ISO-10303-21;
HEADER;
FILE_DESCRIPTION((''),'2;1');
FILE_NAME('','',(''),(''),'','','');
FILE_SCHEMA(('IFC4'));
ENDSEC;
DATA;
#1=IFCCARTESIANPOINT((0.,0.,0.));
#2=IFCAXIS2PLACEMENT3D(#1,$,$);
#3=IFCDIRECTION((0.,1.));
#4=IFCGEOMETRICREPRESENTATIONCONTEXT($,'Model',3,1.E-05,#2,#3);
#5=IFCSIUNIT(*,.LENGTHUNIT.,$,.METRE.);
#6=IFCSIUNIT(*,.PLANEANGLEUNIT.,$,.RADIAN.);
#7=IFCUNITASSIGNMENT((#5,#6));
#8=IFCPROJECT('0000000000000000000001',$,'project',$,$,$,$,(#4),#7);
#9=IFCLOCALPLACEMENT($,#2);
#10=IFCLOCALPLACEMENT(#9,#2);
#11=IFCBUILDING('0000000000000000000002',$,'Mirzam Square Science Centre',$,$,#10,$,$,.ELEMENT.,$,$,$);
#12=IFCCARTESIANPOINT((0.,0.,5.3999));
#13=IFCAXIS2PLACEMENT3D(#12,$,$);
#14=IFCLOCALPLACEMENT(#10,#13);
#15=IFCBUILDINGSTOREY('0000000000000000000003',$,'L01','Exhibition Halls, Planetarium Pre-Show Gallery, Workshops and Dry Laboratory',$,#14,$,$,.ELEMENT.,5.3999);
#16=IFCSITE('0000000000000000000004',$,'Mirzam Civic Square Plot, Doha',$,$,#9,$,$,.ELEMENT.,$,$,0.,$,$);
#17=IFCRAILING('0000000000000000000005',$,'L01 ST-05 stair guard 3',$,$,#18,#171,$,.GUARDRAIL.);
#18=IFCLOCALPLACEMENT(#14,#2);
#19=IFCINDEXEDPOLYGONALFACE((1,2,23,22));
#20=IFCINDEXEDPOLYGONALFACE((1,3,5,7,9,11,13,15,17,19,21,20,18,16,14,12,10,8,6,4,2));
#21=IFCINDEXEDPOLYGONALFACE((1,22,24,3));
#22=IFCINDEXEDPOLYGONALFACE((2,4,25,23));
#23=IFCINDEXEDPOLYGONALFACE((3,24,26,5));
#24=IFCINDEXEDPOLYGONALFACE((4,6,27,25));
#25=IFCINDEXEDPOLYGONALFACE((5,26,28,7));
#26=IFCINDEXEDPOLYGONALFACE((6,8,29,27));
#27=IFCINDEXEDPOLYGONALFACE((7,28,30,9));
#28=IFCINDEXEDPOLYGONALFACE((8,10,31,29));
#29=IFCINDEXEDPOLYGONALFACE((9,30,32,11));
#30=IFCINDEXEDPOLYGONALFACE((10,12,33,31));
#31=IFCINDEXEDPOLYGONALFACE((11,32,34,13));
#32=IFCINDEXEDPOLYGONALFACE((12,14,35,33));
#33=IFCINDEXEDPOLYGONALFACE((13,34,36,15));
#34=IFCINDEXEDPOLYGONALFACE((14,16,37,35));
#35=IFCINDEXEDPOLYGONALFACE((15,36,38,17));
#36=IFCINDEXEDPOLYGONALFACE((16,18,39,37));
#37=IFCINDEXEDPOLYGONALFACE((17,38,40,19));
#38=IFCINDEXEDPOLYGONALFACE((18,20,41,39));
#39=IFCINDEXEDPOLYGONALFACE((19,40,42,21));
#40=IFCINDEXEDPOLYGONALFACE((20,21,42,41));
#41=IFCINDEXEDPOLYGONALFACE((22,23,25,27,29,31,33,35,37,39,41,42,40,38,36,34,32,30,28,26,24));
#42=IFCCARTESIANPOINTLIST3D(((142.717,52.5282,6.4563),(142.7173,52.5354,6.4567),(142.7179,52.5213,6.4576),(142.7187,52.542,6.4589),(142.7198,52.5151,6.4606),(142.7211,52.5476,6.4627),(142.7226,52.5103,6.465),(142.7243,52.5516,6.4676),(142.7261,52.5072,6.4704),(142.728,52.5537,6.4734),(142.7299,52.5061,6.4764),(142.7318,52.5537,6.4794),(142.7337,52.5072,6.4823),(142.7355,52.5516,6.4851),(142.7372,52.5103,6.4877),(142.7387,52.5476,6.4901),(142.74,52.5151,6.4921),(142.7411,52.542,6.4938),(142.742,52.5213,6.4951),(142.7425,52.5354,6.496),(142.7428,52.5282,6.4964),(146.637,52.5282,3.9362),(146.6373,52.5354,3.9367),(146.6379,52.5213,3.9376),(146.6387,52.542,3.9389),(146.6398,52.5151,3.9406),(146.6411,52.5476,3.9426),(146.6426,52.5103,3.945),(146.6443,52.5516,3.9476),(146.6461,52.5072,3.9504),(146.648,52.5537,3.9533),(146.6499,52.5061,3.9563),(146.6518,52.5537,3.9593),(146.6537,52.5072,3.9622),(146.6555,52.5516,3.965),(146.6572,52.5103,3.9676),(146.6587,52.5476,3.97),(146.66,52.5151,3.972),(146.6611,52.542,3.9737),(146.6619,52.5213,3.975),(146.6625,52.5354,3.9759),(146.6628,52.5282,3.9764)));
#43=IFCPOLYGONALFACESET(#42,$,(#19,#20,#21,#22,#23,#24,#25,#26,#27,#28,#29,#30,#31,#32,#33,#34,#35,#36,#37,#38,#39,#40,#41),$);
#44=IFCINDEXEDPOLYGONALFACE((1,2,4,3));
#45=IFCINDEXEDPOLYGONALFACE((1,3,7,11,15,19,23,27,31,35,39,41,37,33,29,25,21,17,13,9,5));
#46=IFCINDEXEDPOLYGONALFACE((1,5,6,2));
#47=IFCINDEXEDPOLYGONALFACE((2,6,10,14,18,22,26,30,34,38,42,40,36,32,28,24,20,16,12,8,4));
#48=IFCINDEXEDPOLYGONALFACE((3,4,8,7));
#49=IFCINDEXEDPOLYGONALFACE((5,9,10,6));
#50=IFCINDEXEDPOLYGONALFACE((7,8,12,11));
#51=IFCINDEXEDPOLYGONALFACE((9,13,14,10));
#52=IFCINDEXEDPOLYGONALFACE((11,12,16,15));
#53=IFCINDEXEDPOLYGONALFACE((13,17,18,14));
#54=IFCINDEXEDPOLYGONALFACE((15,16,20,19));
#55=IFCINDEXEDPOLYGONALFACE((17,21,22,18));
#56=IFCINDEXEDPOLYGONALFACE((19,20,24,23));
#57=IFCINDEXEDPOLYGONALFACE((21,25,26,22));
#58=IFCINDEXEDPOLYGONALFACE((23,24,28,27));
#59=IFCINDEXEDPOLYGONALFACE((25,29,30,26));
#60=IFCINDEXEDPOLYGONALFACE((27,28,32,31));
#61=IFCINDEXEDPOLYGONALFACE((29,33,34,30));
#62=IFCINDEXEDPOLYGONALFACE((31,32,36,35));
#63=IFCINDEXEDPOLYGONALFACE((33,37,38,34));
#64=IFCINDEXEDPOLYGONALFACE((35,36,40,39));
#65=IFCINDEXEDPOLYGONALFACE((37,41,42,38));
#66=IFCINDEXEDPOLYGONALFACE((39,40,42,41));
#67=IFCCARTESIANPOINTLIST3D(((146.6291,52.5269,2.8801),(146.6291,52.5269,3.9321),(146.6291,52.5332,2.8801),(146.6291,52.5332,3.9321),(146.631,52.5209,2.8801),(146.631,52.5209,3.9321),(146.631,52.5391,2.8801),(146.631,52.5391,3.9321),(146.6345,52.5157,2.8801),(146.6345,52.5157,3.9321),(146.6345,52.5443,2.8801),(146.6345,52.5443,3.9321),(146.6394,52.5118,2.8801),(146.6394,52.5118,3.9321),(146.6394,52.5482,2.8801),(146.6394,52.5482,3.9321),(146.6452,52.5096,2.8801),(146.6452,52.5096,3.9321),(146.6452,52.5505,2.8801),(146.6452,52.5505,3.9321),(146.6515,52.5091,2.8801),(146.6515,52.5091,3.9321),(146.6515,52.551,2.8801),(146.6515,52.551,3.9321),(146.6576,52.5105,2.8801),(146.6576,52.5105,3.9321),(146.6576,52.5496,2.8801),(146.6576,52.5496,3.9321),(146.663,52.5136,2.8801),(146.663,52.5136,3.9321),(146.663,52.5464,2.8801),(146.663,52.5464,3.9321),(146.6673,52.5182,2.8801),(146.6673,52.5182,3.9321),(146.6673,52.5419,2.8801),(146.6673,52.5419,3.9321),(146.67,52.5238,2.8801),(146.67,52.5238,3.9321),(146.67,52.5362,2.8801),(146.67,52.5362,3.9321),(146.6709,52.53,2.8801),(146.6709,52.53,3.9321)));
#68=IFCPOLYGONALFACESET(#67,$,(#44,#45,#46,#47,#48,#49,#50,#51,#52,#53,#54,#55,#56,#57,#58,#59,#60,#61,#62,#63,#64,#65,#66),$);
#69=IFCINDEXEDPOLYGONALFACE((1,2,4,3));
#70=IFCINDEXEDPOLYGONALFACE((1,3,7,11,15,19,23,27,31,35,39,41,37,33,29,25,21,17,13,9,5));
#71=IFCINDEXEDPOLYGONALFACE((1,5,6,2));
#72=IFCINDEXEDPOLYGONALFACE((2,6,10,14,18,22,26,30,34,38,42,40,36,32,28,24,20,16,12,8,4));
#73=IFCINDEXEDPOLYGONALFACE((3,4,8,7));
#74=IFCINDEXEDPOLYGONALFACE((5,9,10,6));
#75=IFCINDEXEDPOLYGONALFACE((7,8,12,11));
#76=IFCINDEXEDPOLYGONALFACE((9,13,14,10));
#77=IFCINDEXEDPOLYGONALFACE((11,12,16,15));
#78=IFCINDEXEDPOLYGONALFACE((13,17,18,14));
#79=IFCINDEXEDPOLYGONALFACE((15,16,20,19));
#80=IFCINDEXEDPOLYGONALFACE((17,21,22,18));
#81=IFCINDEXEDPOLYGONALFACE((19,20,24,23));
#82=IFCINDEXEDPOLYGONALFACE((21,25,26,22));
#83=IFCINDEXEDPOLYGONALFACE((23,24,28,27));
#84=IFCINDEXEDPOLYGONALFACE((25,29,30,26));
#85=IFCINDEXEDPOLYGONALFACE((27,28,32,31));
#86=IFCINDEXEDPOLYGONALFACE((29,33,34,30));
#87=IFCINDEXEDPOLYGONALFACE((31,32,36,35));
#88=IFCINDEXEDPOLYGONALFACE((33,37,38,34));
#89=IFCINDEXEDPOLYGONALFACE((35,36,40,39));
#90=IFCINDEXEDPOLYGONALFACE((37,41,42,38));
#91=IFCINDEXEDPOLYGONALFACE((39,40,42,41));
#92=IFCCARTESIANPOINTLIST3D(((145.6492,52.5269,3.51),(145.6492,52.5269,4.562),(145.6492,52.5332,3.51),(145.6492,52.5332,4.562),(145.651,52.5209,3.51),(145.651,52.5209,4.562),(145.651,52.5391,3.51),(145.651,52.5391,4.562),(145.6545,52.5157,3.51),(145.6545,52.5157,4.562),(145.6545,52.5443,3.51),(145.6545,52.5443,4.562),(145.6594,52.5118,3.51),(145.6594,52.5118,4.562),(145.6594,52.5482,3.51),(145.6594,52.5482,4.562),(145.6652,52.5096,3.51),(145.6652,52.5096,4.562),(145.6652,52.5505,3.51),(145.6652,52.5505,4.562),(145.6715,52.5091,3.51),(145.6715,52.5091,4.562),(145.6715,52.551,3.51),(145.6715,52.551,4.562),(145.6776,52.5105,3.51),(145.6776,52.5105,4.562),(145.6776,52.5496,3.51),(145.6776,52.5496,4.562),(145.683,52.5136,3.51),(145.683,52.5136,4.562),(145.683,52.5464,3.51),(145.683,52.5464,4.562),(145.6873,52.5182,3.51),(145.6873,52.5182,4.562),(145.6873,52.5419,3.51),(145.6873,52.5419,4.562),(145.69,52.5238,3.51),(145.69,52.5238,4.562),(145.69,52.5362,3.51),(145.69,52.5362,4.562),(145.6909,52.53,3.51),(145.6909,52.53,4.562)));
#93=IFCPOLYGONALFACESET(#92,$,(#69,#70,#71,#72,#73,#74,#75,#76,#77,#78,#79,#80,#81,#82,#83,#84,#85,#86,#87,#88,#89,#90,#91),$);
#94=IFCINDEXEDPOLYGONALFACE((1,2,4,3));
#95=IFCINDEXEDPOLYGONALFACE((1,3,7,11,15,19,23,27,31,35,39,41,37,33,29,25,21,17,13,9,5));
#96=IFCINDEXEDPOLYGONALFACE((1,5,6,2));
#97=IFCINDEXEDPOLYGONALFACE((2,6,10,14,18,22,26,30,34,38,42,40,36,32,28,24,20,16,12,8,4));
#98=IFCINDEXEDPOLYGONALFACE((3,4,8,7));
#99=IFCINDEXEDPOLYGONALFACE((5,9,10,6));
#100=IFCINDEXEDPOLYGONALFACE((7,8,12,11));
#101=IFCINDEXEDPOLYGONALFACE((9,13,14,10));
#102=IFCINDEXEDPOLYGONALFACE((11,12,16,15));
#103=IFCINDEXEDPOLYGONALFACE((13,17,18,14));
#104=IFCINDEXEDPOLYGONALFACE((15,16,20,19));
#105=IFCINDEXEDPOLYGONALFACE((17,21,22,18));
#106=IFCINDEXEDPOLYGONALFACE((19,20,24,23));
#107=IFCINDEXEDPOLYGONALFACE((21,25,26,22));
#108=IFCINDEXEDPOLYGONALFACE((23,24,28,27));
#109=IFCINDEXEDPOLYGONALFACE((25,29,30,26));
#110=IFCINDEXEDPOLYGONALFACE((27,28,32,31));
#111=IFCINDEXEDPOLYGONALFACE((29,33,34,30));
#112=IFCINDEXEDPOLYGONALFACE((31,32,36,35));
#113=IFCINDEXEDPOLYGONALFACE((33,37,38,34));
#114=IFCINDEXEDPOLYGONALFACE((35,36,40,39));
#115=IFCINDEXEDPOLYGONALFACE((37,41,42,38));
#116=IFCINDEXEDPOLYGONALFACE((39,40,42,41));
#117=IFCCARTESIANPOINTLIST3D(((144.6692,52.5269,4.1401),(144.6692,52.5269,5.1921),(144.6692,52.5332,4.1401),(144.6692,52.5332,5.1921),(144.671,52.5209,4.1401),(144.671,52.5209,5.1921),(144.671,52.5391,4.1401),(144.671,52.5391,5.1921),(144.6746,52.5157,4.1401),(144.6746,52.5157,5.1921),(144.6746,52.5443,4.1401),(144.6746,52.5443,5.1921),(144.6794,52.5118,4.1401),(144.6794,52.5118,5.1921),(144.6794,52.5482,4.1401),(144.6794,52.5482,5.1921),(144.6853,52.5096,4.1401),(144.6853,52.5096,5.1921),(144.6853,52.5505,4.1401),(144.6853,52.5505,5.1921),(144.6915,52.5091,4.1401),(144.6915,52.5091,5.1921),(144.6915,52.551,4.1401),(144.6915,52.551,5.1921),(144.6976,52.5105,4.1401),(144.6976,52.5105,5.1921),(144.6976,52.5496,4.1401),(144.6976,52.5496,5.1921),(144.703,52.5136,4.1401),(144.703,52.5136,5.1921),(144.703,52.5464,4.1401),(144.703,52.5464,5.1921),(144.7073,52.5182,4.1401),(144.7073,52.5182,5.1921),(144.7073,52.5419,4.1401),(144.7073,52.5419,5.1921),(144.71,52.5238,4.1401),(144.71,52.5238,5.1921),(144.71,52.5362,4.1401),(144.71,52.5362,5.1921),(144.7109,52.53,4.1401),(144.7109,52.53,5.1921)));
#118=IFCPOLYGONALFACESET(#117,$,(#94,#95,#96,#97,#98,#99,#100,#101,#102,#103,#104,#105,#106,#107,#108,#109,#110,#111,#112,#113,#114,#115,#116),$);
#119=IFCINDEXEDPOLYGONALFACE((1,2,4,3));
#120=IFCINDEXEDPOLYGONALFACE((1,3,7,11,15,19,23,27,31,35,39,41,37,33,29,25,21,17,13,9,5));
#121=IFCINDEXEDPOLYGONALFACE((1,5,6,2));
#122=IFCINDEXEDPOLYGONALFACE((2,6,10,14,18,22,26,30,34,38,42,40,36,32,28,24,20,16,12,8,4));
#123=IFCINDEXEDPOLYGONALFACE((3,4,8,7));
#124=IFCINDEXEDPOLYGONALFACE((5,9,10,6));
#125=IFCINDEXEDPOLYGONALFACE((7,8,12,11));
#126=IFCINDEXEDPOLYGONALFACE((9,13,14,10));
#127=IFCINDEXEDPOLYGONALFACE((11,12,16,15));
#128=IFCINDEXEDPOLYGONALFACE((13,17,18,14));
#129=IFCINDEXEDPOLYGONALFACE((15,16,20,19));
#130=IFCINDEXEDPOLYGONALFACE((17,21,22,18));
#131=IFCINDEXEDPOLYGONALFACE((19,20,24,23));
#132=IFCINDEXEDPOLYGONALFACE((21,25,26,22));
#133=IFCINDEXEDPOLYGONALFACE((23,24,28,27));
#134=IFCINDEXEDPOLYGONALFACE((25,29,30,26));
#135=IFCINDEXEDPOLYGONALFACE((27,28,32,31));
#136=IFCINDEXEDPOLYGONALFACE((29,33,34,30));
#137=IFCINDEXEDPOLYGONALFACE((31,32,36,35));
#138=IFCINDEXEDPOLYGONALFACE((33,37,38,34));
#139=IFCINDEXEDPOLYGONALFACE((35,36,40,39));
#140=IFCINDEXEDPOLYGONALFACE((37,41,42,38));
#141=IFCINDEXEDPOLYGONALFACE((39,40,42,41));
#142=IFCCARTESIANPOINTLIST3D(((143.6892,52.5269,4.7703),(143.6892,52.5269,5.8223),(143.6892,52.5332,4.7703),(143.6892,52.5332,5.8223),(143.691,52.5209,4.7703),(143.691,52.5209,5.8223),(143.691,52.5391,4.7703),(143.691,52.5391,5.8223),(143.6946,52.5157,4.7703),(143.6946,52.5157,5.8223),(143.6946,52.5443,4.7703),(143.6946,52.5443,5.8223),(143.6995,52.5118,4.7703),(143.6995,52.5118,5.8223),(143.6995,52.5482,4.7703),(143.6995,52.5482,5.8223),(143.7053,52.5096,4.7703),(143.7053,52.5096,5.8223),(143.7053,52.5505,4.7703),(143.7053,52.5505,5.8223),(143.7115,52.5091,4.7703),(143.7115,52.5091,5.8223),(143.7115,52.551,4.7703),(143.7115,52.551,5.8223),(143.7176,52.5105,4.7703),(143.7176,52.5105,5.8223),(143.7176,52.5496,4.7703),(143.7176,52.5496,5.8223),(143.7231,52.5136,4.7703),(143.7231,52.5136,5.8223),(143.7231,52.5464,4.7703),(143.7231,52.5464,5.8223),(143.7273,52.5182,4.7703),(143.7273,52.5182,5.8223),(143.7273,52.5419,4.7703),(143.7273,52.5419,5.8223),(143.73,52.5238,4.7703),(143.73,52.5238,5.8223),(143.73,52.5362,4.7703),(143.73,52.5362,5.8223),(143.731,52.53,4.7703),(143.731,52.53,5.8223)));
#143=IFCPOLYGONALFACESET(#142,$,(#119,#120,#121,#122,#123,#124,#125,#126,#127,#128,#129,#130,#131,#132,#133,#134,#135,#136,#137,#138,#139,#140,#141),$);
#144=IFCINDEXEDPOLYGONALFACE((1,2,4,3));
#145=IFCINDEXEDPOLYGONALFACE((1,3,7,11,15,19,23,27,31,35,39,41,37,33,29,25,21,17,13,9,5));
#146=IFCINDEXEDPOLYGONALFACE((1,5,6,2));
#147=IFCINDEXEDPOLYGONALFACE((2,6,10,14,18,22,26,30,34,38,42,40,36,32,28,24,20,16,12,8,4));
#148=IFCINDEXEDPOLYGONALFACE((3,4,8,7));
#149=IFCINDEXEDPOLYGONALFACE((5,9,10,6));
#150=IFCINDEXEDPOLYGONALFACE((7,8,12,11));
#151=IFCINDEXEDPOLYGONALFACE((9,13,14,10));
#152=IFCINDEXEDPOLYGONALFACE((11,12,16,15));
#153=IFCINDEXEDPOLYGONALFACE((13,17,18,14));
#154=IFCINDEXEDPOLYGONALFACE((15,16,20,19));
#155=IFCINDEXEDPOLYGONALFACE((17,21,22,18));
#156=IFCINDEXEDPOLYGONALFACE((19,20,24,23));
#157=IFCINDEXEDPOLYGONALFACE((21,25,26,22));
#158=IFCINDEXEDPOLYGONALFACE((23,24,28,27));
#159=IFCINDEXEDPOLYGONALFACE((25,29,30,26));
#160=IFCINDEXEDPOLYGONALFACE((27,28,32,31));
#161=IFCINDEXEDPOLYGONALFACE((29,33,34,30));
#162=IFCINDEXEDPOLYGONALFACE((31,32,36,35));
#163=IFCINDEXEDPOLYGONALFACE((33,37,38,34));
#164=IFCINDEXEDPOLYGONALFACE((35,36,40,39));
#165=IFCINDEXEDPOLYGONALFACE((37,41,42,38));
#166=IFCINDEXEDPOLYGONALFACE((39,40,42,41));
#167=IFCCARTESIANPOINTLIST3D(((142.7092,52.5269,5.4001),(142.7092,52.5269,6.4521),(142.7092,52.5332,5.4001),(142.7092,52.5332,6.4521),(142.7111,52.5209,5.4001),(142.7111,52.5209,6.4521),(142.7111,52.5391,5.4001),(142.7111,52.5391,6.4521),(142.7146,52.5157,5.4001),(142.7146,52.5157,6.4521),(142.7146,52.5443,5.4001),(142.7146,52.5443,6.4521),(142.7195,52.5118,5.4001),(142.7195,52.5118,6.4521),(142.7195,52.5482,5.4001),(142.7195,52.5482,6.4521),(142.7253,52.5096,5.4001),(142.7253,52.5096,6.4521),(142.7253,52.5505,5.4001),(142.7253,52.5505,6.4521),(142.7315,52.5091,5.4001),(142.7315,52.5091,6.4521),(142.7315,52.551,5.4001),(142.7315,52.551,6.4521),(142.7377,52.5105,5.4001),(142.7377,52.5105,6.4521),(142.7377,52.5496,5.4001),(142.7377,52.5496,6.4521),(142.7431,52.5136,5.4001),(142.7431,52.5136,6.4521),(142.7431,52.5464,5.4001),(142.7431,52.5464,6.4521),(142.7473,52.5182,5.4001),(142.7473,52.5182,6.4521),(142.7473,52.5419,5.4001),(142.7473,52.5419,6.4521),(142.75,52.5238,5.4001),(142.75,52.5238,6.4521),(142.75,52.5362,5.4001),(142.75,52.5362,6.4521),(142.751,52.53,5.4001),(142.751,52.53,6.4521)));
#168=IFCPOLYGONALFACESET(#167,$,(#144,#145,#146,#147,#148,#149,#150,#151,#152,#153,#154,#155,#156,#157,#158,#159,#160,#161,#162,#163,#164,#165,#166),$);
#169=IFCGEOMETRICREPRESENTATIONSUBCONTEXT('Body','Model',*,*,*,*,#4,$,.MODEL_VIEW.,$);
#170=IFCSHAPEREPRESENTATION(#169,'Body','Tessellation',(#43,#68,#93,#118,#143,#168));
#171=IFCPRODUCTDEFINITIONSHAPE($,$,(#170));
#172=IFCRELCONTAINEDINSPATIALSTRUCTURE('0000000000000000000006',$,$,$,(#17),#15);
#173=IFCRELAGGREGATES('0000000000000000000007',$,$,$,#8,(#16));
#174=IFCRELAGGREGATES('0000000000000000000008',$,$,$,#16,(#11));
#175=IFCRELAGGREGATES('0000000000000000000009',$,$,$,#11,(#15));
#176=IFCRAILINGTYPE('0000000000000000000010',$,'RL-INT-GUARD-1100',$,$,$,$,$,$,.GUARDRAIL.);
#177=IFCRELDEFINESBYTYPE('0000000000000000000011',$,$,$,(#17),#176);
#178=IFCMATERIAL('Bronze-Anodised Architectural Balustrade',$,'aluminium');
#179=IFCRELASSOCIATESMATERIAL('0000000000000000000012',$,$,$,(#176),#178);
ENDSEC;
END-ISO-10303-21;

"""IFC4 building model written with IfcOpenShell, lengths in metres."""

from ifc_helpers import new_model, si_unit, direction, frame, origin, origin_2d, place, context, subcontext, project, spatial, circle, extrude, material, type_object, element, save


model = new_model("IFC4")

# Units and contexts
model_context = context("Model", 3, precision=1e-05, world=origin(), true_north=direction((0.0, 1.0)))
body_context = subcontext(model_context, "Body", "Model", "MODEL_VIEW")
ifc_project = project(units=[si_unit("LENGTHUNIT", "METRE"), si_unit("PLANEANGLEUNIT", "RADIAN")], contexts=[model_context])

# Site, building, storey
site_placement = place(None, origin())
site = spatial("IfcSite", under=ifc_project, at=site_placement, Name="Mirzam Civic Square Plot, Doha", CompositionType="ELEMENT", RefElevation=0.0)
building_placement = place(site_placement, origin())
building = spatial("IfcBuilding", under=site, at=building_placement, Name="Mirzam Square Science Centre", CompositionType="ELEMENT")
storey_placement = place(building_placement, frame((0.0, 0.0, 5.3999)))
storey = spatial("IfcBuildingStorey", under=building, at=storey_placement, Name="L01", Description="Exhibition Halls, Planetarium Pre-Show Gallery, Workshops and Dry Laboratory", CompositionType="ELEMENT", Elevation=5.3999)

# Railing
ifc_material_1 = material(Name="Bronze-Anodised Architectural Balustrade", Category="aluminium")
railing_type_1 = type_object("IfcRailingType", Name="RL-INT-GUARD-1100", PredefinedType="GUARDRAIL", material=ifc_material_1)
railing_1_placement = place(storey_placement, frame((146.6499, 52.53, 2.8801)))
element("IfcRailing", 1, at=railing_1_placement, inside=storey, type_object=railing_type_1, Name="L01 ST-05 stair guard 3", PredefinedType="GUARDRAIL", context=body_context, shape_type="SweptSolid", body=[
    extrude(circle(Radius=0.0239, at=origin_2d()), frame((0.0, 0.0, 1.0762), z_axis=(-0.841172, 0.0, 0.540768), x_axis=(0.0, -1.0, 0.0)), (0.0, 0.0, 1.0), 4.6602),
    extrude(circle(Radius=0.021, at=origin_2d()), origin(), (0.0, 0.0, 1.0), 1.052),
    extrude(circle(Radius=0.021, at=origin_2d()), frame((-0.98, 0.0, 0.6299)), (0.0, 0.0, 1.0), 1.052),
    extrude(circle(Radius=0.021, at=origin_2d()), frame((-1.96, 0.0, 1.26)), (0.0, 0.0, 1.0), 1.052),
    extrude(circle(Radius=0.021, at=origin_2d()), frame((-2.9399, 0.0, 1.8901)), (0.0, 0.0, 1.0), 1.052),
    extrude(circle(Radius=0.021, at=origin_2d()), frame((-3.9199, 0.0, 2.52)), (0.0, 0.0, 1.0), 1.052),
])

save(model, "model.ifc")
